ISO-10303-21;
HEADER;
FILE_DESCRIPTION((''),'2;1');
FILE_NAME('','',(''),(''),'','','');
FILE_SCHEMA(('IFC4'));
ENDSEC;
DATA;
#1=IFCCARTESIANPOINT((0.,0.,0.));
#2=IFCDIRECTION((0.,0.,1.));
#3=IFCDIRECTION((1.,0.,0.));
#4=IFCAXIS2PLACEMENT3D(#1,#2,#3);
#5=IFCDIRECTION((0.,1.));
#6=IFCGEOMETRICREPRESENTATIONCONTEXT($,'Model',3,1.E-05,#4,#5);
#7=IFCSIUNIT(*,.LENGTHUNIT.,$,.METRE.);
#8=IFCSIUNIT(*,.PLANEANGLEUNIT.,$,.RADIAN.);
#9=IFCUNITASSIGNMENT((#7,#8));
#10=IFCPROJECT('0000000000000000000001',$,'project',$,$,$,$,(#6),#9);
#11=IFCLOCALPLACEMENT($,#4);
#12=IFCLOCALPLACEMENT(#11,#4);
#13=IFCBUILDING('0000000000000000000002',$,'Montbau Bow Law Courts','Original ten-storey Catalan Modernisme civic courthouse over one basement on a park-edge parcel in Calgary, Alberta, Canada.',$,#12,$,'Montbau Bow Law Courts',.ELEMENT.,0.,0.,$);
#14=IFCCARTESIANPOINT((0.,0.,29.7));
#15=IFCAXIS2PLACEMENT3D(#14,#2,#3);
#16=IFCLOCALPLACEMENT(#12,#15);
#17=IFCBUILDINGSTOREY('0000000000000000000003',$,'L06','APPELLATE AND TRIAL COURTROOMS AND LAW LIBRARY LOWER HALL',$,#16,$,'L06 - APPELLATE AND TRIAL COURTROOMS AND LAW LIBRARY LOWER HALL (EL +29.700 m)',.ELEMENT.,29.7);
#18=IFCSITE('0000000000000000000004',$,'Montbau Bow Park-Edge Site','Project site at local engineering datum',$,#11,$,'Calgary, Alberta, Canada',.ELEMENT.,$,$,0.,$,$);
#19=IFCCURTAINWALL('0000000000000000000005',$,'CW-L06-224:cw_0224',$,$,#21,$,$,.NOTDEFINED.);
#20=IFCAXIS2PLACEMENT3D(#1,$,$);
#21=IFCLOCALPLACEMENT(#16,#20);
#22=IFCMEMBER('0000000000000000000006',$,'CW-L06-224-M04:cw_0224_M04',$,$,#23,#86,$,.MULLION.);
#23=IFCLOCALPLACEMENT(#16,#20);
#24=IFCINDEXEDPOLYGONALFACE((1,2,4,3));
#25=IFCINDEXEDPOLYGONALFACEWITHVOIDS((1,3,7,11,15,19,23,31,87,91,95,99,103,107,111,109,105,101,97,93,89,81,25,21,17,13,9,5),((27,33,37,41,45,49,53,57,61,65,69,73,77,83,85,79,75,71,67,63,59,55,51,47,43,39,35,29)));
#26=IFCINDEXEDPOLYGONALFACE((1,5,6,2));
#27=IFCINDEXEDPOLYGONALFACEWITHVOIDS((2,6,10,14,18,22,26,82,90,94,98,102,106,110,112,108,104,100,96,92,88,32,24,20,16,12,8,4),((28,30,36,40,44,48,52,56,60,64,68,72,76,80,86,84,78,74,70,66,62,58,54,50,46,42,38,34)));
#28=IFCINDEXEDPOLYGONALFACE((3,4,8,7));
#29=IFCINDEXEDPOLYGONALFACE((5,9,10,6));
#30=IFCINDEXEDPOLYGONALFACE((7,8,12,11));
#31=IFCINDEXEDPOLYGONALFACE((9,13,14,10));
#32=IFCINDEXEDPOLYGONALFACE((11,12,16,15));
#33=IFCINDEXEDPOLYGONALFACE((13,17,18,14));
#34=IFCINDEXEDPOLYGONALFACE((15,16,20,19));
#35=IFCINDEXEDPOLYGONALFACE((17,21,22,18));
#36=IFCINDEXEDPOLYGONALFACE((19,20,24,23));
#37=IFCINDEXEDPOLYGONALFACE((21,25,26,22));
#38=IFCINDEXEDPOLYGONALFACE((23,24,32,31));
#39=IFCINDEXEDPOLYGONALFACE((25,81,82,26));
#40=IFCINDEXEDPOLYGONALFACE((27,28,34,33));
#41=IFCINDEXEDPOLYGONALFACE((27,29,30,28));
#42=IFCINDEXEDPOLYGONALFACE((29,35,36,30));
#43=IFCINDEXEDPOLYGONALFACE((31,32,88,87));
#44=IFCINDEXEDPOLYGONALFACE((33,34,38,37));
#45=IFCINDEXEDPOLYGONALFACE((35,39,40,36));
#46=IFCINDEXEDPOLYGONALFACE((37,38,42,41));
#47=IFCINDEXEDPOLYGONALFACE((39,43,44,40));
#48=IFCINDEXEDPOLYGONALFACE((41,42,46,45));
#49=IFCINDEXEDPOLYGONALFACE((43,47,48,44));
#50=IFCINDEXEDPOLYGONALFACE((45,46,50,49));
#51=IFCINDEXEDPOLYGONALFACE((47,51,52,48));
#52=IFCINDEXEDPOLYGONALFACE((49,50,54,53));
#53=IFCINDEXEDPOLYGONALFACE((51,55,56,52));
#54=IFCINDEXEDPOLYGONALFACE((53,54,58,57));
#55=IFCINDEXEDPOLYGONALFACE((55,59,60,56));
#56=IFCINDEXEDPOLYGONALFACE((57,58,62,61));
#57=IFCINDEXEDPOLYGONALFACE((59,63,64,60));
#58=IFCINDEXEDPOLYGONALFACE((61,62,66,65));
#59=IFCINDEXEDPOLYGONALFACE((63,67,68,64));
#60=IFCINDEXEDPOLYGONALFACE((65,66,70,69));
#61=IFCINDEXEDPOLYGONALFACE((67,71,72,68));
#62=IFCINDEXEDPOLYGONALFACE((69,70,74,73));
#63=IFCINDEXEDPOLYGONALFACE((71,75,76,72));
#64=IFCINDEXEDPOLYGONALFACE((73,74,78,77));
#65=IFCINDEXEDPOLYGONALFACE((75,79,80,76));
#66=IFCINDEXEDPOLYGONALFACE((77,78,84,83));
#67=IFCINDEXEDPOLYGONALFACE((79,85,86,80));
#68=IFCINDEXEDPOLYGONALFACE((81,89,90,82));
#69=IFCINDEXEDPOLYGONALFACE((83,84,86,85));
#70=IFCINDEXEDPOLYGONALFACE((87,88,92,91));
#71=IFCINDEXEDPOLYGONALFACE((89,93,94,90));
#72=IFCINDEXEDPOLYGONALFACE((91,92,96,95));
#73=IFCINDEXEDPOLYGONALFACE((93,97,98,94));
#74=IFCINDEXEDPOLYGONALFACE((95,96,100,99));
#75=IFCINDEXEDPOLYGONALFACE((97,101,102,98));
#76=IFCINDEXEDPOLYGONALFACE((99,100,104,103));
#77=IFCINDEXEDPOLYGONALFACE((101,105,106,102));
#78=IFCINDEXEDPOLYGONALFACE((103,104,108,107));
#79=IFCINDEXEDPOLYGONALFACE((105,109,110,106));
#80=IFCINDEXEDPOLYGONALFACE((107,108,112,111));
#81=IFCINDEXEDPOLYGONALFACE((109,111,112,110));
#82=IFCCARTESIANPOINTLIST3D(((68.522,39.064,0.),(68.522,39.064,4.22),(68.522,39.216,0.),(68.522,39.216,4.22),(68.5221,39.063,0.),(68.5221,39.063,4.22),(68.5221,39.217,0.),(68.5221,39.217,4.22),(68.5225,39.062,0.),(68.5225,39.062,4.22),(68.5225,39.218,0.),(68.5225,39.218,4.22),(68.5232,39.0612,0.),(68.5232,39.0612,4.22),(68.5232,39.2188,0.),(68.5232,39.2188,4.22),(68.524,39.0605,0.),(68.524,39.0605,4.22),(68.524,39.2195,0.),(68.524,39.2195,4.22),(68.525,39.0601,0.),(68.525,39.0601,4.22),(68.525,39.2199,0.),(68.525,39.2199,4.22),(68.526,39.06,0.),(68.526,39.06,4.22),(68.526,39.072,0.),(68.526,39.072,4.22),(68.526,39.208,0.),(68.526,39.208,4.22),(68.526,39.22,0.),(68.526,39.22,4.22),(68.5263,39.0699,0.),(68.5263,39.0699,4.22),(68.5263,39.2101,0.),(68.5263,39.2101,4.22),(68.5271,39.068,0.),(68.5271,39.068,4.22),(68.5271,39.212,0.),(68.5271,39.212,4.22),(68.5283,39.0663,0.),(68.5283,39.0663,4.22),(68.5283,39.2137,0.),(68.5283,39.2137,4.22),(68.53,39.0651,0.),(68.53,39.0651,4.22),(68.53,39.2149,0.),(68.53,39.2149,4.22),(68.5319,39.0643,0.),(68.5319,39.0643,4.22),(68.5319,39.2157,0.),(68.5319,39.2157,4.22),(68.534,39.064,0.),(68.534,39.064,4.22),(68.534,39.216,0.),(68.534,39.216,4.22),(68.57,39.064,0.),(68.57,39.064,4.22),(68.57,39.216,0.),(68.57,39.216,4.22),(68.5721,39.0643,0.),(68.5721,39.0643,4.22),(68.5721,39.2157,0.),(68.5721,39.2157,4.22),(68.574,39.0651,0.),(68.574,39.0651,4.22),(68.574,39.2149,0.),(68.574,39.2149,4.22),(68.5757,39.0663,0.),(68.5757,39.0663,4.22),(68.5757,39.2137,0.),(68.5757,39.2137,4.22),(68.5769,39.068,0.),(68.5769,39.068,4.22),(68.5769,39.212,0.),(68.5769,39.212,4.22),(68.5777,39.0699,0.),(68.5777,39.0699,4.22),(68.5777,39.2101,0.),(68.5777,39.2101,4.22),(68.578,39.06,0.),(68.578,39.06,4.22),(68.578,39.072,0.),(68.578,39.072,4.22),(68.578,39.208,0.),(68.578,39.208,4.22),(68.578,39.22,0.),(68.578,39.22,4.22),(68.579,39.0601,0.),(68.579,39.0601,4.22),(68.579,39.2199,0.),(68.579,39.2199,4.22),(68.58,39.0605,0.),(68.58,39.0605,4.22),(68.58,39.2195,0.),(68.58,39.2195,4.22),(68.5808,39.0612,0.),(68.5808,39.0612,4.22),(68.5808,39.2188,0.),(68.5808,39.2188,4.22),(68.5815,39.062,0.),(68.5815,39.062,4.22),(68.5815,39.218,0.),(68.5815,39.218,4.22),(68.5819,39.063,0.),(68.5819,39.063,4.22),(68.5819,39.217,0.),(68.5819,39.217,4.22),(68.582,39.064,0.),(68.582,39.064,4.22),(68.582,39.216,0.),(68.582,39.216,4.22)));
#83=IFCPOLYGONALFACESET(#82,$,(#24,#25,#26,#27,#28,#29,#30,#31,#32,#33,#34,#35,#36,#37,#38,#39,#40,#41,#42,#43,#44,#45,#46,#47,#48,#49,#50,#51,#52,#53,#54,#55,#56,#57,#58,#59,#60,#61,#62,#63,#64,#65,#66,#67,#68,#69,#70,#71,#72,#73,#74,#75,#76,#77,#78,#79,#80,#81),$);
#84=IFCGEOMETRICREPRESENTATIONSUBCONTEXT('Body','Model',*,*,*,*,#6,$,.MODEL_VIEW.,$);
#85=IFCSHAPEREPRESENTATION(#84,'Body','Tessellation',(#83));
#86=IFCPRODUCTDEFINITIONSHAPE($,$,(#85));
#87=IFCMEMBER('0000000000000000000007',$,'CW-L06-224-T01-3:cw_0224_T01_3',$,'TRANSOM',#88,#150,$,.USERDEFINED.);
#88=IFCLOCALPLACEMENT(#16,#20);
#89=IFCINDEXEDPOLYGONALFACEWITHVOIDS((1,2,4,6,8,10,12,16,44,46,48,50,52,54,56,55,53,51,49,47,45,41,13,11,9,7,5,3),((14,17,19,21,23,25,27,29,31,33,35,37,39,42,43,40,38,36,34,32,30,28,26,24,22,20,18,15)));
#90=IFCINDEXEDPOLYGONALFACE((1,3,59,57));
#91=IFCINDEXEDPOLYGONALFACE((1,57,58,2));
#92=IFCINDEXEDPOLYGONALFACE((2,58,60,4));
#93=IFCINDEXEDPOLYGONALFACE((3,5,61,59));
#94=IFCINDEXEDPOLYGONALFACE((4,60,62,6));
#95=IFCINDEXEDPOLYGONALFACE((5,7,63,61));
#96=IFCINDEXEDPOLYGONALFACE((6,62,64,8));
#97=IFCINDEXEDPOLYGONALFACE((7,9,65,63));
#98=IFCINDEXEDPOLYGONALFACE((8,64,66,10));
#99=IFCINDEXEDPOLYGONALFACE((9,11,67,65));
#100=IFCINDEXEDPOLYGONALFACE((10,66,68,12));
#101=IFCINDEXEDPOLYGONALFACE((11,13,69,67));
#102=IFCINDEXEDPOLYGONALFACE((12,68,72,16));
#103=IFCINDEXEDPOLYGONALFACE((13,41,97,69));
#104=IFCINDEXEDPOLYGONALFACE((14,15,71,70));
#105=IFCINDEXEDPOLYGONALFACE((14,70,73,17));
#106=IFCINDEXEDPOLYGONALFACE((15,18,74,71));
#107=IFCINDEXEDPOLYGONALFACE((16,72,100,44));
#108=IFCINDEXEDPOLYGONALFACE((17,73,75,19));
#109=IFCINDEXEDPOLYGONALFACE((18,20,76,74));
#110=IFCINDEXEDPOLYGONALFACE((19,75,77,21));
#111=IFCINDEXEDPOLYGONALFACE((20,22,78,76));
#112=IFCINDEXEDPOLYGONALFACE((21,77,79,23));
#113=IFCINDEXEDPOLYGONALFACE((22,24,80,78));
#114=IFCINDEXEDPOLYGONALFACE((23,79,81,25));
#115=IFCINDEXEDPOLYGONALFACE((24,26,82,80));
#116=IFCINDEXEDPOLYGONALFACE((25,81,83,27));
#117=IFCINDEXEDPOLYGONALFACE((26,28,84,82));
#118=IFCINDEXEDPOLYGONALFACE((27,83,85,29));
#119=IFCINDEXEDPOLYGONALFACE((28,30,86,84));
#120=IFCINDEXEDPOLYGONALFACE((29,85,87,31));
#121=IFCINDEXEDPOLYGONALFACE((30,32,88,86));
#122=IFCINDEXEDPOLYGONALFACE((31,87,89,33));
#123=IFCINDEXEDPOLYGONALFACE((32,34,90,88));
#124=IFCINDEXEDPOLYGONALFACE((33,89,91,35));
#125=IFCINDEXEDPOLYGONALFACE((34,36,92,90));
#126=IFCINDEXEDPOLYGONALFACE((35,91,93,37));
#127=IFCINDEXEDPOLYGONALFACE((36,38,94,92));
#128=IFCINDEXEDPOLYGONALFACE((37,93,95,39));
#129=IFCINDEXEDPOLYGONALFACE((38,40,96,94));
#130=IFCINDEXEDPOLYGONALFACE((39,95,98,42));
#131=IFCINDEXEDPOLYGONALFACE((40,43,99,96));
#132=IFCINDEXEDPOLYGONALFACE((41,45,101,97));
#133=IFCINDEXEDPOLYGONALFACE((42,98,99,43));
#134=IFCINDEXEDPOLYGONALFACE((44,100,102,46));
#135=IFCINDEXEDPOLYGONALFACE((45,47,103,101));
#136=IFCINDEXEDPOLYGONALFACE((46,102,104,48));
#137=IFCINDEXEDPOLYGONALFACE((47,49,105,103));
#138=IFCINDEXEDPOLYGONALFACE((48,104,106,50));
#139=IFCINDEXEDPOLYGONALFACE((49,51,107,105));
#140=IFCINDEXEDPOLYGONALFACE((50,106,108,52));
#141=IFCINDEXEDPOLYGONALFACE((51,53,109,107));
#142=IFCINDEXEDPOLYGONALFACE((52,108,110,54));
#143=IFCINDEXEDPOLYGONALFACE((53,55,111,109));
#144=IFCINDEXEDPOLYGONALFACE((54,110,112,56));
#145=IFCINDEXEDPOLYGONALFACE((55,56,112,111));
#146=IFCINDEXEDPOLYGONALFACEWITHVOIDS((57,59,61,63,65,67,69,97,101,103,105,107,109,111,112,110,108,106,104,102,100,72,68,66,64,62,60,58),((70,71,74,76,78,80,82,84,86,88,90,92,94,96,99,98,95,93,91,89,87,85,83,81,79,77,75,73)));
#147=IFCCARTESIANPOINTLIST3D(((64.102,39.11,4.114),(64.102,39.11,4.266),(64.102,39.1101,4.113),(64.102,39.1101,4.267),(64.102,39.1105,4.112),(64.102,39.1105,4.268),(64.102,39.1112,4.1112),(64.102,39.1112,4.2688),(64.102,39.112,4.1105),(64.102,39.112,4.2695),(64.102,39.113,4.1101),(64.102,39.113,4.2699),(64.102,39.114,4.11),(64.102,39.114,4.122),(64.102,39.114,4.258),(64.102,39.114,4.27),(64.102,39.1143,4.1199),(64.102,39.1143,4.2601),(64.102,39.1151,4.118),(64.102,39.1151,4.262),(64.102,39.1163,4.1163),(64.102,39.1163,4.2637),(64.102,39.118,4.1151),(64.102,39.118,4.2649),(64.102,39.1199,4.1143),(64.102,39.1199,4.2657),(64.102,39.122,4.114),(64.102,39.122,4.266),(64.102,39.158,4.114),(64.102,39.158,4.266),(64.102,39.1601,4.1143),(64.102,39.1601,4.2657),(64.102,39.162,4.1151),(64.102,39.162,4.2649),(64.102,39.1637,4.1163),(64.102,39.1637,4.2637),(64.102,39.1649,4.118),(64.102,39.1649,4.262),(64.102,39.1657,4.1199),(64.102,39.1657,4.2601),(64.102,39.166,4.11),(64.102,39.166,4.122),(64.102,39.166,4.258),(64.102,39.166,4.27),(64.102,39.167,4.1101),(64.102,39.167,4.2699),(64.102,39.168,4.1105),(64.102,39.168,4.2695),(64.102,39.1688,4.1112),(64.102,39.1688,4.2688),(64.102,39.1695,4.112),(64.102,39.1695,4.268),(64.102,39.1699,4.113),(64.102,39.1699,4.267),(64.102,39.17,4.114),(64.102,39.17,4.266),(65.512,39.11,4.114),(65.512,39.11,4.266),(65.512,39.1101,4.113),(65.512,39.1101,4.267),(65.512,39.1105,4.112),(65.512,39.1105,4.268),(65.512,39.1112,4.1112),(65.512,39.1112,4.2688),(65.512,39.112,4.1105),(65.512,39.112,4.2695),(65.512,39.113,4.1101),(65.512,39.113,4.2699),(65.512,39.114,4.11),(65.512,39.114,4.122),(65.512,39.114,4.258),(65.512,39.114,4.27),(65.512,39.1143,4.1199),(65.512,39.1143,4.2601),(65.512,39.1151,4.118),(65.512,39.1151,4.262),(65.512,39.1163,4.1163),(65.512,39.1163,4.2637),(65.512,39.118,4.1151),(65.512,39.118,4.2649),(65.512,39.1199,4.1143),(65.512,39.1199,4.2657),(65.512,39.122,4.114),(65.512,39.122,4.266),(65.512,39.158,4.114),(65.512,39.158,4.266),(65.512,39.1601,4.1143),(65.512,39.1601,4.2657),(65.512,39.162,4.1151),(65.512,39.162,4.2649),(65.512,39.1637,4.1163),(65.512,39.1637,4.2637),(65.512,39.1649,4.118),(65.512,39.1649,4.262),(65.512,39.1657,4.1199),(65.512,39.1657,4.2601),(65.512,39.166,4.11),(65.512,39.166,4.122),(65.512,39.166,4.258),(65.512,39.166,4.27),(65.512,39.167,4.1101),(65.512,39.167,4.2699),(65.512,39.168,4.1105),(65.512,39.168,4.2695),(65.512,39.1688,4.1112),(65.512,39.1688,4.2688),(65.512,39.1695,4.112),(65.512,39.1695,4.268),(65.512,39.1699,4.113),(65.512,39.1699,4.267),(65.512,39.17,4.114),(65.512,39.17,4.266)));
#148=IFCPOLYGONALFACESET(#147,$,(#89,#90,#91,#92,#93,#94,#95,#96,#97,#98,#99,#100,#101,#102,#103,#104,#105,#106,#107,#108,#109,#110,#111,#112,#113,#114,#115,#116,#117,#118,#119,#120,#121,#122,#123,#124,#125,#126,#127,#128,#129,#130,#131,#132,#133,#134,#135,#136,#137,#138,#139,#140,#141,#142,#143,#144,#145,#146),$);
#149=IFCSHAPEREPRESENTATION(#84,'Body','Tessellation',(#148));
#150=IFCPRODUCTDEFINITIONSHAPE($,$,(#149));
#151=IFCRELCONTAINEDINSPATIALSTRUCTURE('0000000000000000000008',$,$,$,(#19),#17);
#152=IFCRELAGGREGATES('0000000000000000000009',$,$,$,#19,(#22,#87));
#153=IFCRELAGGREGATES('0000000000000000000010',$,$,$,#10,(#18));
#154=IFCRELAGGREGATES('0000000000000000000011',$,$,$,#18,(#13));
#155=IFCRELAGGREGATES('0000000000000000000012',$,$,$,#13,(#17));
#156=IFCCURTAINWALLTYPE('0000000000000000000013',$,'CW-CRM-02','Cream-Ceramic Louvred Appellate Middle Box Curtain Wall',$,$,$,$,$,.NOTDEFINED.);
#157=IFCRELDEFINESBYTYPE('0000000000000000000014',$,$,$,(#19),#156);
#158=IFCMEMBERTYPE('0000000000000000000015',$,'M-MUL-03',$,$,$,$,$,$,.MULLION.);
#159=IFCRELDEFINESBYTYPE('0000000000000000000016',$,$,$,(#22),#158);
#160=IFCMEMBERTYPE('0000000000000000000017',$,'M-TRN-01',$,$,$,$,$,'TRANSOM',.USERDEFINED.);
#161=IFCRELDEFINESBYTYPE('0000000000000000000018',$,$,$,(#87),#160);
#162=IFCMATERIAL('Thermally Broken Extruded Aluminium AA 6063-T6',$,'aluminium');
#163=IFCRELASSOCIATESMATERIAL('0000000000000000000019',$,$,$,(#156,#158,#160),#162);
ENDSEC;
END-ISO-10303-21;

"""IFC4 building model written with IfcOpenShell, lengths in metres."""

from ifc_helpers import new_model, si_unit, direction, frame, origin_with_axes, origin_2d_with_axis, place, context, subcontext, project, spatial, hollow_rectangle, extrude, material, material_profile, profile_set, type_object, element, aggregate, save


model = new_model("IFC4")

# Units and contexts
model_context = context("Model", 3, precision=1e-05, world=origin_with_axes(), true_north=direction((0.0, 1.0)))
body_context = subcontext(model_context, "Body", "Model", "MODEL_VIEW")
ifc_project = project(units=[si_unit("LENGTHUNIT", "METRE"), si_unit("PLANEANGLEUNIT", "RADIAN")], contexts=[model_context])

# Site, building, storey
site_placement = place(None, origin_with_axes())
site = spatial("IfcSite", under=ifc_project, at=site_placement, Name="Montbau Bow Park-Edge Site", Description="Project site at local engineering datum", LongName="Calgary, Alberta, Canada", CompositionType="ELEMENT", RefElevation=0.0)
building_placement = place(site_placement, origin_with_axes())
building = spatial("IfcBuilding", under=site, at=building_placement, Name="Montbau Bow Law Courts", Description="Original ten-storey Catalan Modernisme civic courthouse over one basement on a park-edge parcel in Calgary, Alberta, Canada.", LongName="Montbau Bow Law Courts", CompositionType="ELEMENT", ElevationOfRefHeight=0.0, ElevationOfTerrain=0.0)
storey_placement = place(building_placement, frame((0.0, 0.0, 29.7), z_axis=(0.0, 0.0, 1.0), x_axis=(1.0, 0.0, 0.0)))
storey = spatial("IfcBuildingStorey", under=building, at=storey_placement, Name="L06", Description="APPELLATE AND TRIAL COURTROOMS AND LAW LIBRARY LOWER HALL", LongName="L06 - APPELLATE AND TRIAL COURTROOMS AND LAW LIBRARY LOWER HALL (EL +29.700 m)", CompositionType="ELEMENT", Elevation=29.7)

# Curtain wall, members
ifc_material_1 = material(Name="Thermally Broken Extruded Aluminium AA 6063-T6", Category="aluminium")
curtain_wall_type = type_object("IfcCurtainWallType", Name="CW-CRM-02", Description="Cream-Ceramic Louvred Appellate Middle Box Curtain Wall", PredefinedType="NOTDEFINED", material=ifc_material_1)
curtain_wall_placement = place(None, frame((64.04, 39.14, 29.7), z_axis=(0.0, 0.0, 1.0), x_axis=(1.0, 0.0, 0.0)))
curtain_wall = element("IfcCurtainWall", 1, at=curtain_wall_placement, inside=storey, type_object=curtain_wall_type, Name="CW-L06-224:cw_0224", PredefinedType="NOTDEFINED")
ifc_material_profile_1 = material_profile(ifc_material_1, hollow_rectangle(XDim=0.06, YDim=0.16, WallThickness=0.004, InnerFilletRadius=0.008, OuterFilletRadius=0.004, at=origin_2d_with_axis()), Name="CWM-160X60", Category="Main", Priority=0)
ifc_profile_set_1 = profile_set([ifc_material_profile_1], Name="Thermally Broken Extruded Aluminium AA 6063-T6")
member_type_1 = type_object("IfcMemberType", Name="M-MUL-03", PredefinedType="MULLION", material=ifc_profile_set_1)
member_1_placement = place(None, frame((68.552, 39.14, 29.7), z_axis=(0.0, 0.0, 1.0), x_axis=(1.0, 0.0, 0.0)))
member_1 = element("IfcMember", 2, at=member_1_placement, type_object=member_type_1, Name="CW-L06-224-M04:cw_0224_M04", PredefinedType="MULLION", context=body_context, shape_type="SweptSolid", body=[
    extrude(hollow_rectangle(XDim=0.06, YDim=0.16, WallThickness=0.004, InnerFilletRadius=0.008, OuterFilletRadius=0.004, at=origin_2d_with_axis()), origin_with_axes(), (0.0, 0.0, 1.0), 4.22),
])
ifc_material_profile_2 = material_profile(ifc_material_1, hollow_rectangle(XDim=0.06, YDim=0.16, WallThickness=0.004, InnerFilletRadius=0.008, OuterFilletRadius=0.004, at=origin_2d_with_axis()), Name="CWT-160X60", Category="Main", Priority=0)
ifc_profile_set_2 = profile_set([ifc_material_profile_2], Name="Thermally Broken Extruded Aluminium AA 6063-T6")
member_type_2 = type_object("IfcMemberType", Name="M-TRN-01", ElementType="TRANSOM", PredefinedType="USERDEFINED", material=ifc_profile_set_2)
member_2_placement = place(None, frame((64.102, 39.14, 33.89), z_axis=(1.0, 0.0, 0.0), x_axis=(0.0, 1.0, 0.0)))
member_2 = element("IfcMember", 3, at=member_2_placement, type_object=member_type_2, Name="CW-L06-224-T01-3:cw_0224_T01_3", ObjectType="TRANSOM", PredefinedType="USERDEFINED", context=body_context, shape_type="SweptSolid", body=[
    extrude(hollow_rectangle(XDim=0.06, YDim=0.16, WallThickness=0.004, InnerFilletRadius=0.008, OuterFilletRadius=0.004, at=origin_2d_with_axis()), origin_with_axes(), (0.0, 0.0, 1.0), 1.41),
])
aggregate(curtain_wall, [member_1, member_2])

save(model, "model.ifc")
